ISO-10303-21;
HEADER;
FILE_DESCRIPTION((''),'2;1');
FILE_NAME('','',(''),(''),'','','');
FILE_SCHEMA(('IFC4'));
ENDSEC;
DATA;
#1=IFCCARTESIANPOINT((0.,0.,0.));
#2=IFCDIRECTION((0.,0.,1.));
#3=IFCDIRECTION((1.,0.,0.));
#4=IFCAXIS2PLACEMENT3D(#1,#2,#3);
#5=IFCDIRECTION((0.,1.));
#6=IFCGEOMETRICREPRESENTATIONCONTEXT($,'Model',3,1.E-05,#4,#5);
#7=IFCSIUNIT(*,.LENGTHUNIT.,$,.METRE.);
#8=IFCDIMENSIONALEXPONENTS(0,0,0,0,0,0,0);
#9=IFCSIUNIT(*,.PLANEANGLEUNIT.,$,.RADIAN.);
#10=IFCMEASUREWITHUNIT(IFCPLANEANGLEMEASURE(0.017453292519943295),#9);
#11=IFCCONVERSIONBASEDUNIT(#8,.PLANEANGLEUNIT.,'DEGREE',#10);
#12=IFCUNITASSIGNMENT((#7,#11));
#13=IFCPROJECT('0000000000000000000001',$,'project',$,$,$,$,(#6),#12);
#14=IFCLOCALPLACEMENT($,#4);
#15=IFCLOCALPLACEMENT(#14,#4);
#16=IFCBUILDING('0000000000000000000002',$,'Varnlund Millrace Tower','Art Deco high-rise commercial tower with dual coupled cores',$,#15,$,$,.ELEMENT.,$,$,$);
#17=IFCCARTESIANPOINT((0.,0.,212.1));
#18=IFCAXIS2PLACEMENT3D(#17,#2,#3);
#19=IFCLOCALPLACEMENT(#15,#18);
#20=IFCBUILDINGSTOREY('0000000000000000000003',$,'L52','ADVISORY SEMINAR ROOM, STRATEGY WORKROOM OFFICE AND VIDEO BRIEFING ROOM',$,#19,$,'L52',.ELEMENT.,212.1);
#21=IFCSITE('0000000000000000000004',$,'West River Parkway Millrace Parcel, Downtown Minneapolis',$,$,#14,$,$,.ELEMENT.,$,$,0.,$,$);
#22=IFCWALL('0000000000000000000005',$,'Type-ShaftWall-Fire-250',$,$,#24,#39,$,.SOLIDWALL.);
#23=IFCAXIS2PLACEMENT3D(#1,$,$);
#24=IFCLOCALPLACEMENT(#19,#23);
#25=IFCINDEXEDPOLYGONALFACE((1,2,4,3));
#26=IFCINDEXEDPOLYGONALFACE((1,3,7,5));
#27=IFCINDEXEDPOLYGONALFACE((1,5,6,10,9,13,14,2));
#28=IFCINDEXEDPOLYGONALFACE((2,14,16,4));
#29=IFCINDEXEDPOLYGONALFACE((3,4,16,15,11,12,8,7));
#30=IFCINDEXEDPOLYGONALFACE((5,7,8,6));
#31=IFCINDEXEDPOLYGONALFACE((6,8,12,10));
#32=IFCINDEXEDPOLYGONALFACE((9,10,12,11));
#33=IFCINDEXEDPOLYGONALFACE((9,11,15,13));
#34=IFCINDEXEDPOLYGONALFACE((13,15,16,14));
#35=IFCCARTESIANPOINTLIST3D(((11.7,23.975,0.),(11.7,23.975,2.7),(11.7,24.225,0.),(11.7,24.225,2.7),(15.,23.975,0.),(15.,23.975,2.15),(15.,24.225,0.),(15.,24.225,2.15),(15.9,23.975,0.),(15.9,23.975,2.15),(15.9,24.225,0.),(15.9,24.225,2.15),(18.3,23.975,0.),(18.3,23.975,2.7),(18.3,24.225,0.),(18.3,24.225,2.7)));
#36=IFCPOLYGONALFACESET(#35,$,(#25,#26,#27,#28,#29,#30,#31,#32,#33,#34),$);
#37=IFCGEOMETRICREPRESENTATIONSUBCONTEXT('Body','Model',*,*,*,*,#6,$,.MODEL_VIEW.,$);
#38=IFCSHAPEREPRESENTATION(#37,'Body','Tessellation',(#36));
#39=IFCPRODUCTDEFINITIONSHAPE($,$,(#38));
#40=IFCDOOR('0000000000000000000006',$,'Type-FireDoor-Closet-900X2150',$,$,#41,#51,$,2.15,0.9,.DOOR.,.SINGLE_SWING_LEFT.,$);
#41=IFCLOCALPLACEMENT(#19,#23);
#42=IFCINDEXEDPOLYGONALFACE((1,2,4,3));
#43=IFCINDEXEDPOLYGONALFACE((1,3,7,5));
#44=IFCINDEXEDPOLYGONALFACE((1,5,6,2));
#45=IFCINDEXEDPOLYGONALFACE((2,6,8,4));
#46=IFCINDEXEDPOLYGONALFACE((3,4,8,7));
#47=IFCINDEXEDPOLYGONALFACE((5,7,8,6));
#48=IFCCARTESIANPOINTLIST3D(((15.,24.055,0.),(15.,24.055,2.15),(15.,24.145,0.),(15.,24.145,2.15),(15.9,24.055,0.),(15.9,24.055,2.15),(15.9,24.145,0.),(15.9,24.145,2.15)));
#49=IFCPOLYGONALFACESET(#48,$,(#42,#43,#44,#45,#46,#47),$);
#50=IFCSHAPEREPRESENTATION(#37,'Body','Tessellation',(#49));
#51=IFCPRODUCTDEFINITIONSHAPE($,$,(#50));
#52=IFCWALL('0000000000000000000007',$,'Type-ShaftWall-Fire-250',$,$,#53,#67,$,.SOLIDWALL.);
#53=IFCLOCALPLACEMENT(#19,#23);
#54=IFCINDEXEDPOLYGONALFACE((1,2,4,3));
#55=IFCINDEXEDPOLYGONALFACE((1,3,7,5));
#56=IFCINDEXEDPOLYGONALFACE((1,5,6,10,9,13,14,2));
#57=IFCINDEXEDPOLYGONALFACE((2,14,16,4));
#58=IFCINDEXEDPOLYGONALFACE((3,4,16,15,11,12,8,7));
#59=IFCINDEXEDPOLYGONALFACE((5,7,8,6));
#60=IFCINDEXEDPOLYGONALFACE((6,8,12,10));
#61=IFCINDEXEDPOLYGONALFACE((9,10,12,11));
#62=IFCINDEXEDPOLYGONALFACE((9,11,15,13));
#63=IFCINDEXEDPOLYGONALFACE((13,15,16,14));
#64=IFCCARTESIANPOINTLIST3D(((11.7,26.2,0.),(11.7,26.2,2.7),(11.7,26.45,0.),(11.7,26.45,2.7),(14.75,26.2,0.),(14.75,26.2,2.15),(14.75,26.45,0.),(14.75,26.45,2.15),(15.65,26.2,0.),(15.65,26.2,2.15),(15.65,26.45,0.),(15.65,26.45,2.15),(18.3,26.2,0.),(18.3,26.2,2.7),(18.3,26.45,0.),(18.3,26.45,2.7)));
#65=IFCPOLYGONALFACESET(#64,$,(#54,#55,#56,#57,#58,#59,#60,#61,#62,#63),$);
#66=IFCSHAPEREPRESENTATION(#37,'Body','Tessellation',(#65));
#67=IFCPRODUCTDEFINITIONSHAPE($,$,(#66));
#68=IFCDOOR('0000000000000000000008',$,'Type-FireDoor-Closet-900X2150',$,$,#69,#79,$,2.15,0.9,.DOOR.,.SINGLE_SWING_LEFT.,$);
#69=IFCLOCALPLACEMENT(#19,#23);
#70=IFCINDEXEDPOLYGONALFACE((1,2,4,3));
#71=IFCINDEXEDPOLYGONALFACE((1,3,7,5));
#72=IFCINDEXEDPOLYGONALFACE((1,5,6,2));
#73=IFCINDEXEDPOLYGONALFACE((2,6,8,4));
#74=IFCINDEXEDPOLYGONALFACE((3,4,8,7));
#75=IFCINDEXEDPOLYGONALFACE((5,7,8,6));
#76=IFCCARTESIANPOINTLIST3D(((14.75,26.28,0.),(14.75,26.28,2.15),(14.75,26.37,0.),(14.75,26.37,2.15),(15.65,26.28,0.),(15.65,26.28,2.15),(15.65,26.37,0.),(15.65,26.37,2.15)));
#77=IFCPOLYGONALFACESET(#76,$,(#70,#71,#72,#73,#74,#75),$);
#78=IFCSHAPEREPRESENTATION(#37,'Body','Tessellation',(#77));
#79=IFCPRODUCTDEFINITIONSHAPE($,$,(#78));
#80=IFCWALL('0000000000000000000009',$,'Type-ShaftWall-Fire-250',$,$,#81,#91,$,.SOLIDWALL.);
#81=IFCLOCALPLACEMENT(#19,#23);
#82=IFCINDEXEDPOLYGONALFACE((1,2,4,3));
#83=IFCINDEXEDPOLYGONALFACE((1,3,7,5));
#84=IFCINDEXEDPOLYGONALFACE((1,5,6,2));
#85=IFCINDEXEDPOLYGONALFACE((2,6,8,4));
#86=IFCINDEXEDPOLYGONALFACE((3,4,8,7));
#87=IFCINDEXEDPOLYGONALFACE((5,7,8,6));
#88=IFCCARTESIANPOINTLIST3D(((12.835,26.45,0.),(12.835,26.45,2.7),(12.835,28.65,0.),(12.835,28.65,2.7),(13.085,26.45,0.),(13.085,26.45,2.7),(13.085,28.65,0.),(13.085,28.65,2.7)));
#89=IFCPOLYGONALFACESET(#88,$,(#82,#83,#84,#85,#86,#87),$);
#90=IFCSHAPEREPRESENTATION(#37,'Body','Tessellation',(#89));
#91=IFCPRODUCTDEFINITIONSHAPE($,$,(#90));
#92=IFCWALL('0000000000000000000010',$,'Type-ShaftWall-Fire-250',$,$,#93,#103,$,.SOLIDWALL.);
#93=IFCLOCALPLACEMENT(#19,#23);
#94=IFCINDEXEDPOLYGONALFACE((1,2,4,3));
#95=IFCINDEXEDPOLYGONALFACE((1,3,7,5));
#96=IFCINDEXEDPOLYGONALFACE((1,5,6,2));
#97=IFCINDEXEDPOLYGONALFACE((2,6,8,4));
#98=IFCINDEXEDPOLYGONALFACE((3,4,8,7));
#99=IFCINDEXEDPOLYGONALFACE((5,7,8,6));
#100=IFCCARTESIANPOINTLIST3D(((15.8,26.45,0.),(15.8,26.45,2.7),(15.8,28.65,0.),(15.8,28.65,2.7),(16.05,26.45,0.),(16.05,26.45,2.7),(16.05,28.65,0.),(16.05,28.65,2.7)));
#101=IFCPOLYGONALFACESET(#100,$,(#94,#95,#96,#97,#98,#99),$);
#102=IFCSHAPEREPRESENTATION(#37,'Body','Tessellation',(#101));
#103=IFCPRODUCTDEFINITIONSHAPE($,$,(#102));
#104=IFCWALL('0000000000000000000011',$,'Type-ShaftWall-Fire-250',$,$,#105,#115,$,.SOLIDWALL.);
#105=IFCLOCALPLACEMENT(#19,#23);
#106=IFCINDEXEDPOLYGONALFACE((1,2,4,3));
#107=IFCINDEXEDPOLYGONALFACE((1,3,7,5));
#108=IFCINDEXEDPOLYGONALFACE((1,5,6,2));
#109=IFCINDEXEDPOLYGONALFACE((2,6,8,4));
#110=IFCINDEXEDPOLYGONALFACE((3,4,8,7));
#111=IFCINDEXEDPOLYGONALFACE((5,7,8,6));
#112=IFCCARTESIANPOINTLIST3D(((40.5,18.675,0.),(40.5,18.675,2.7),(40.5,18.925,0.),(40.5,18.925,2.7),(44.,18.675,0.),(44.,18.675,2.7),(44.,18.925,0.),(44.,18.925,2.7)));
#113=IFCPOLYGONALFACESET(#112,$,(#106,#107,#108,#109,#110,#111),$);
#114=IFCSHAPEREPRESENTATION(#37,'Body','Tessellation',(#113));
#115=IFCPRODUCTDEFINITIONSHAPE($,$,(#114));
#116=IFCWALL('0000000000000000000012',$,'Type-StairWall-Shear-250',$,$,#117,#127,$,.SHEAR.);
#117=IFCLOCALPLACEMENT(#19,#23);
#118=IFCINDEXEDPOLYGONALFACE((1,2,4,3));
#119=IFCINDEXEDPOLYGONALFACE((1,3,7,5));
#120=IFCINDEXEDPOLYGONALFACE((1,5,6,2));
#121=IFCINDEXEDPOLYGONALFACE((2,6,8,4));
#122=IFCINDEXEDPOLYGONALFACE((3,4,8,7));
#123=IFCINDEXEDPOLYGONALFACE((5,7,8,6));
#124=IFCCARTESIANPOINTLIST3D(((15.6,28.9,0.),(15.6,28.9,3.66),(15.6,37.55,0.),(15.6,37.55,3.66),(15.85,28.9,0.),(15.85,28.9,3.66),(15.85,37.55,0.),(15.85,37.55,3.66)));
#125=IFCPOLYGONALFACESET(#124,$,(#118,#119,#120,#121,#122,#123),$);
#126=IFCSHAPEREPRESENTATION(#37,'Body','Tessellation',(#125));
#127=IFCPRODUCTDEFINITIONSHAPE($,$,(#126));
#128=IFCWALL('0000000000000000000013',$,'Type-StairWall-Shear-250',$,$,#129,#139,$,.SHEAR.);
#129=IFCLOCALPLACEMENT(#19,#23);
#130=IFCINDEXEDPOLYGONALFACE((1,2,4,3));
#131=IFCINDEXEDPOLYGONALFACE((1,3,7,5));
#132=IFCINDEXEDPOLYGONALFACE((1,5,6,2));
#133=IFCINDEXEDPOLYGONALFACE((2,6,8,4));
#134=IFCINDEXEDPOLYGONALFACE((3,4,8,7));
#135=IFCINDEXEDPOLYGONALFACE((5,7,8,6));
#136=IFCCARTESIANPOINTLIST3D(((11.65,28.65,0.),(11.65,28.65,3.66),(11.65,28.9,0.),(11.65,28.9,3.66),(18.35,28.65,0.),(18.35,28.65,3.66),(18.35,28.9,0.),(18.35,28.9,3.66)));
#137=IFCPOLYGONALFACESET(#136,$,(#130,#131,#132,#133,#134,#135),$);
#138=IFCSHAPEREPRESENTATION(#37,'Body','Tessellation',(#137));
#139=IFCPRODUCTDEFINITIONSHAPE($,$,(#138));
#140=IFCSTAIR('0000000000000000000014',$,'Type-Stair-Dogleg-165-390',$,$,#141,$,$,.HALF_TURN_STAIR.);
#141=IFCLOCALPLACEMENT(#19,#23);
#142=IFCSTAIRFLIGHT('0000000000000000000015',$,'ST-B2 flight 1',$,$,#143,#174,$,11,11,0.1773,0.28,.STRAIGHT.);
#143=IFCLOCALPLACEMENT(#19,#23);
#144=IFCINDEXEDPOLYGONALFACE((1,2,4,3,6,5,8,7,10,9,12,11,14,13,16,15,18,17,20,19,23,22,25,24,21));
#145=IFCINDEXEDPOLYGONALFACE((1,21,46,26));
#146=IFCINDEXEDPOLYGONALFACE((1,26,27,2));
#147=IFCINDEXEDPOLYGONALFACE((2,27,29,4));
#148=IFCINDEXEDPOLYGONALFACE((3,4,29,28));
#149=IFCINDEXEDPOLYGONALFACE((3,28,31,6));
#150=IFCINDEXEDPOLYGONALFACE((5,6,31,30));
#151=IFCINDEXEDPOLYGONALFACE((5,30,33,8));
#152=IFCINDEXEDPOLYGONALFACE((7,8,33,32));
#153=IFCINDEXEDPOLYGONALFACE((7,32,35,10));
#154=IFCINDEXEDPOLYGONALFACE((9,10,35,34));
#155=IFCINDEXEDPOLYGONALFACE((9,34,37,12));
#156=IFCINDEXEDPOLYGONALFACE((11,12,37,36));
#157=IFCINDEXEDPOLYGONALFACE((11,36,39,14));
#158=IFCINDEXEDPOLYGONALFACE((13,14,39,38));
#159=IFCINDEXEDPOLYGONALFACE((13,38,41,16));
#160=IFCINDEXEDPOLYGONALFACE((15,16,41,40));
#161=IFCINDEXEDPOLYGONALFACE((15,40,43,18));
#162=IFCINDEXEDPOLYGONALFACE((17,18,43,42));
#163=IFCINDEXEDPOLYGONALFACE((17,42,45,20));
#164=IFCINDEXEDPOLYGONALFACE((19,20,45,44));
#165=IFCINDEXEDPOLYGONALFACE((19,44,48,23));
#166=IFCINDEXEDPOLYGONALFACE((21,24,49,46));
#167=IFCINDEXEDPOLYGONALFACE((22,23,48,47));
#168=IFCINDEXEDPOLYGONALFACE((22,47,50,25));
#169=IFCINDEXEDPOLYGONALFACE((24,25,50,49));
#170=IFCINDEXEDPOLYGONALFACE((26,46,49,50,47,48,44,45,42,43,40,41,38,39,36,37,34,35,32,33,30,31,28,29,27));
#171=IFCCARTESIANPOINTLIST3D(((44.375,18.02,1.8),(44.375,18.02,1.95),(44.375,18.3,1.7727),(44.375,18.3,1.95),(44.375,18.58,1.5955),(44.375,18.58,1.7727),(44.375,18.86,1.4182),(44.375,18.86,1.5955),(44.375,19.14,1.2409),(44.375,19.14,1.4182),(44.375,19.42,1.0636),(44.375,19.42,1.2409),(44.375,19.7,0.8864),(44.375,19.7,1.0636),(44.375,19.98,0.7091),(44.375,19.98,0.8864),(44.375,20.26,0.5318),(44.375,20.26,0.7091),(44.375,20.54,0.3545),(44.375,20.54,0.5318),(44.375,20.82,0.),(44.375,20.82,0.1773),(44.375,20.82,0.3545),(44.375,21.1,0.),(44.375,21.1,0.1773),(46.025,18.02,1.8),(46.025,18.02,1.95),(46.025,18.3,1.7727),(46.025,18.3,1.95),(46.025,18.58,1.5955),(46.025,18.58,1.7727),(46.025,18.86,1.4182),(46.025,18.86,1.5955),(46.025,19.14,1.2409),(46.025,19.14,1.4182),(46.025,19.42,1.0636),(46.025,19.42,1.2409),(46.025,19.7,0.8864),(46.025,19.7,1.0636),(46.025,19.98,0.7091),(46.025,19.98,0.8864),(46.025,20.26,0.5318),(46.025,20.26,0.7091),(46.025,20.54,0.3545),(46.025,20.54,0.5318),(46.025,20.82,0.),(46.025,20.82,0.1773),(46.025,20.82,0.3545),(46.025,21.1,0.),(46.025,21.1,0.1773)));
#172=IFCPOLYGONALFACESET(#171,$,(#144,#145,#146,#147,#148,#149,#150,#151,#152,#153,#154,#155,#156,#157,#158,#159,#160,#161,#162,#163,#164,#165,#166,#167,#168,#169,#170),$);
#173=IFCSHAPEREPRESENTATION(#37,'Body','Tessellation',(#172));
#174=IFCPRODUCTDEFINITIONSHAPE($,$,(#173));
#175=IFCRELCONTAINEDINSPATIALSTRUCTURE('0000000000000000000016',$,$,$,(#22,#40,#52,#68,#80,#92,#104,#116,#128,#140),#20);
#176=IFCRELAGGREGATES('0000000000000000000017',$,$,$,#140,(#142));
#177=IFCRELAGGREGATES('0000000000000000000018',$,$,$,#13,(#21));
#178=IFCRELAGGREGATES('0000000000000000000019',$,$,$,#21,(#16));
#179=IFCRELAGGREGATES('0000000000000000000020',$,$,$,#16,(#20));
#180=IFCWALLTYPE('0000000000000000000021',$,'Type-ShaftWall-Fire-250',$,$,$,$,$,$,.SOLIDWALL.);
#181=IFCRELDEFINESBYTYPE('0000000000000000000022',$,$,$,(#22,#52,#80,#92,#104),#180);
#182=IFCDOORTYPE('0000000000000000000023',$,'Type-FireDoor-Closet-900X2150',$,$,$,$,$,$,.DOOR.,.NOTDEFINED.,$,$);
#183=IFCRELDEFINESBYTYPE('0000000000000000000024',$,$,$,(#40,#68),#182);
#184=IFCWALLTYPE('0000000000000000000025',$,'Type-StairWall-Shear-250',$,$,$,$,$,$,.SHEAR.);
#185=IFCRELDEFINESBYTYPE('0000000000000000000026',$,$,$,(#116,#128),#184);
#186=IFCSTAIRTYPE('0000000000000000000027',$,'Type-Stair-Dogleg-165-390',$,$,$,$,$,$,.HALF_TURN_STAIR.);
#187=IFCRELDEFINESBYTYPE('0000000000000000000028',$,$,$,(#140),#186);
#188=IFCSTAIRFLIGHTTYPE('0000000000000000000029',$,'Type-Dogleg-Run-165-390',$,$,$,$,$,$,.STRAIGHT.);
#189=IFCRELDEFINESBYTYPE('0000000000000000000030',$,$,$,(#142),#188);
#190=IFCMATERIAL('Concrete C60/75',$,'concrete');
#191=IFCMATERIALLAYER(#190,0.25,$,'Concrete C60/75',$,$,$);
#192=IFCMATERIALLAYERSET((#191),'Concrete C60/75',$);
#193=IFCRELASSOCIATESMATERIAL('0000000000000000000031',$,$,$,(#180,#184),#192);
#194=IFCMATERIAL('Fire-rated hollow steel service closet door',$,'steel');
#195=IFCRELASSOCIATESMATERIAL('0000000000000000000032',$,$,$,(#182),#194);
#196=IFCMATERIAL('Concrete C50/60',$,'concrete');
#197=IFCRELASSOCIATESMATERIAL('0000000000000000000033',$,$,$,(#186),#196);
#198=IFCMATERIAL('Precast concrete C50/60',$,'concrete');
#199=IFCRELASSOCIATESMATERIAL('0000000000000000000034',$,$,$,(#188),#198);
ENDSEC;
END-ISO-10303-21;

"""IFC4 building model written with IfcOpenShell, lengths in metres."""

from ifc_helpers import new_model, entity, si_unit, converted_unit, direction, frame, origin_with_axes, origin_2d_with_axis, place, context, subcontext, project, spatial, polyline, rectangle, outline, extrude, material, layer, layer_set, type_object, element, fill, aggregate, save


model = new_model("IFC4")

# Units and contexts
model_context = context("Model", 3, precision=1e-05, world=origin_with_axes(), true_north=direction((0.0, 1.0)))
body_context = subcontext(model_context, "Body", "Model", "MODEL_VIEW")
ifc_project = project(units=[si_unit("LENGTHUNIT", "METRE"), converted_unit("PLANEANGLEUNIT", "DEGREE", entity("IfcPlaneAngleMeasure", 0.017453292519943295), si_unit("PLANEANGLEUNIT", "RADIAN"), dimensions=[0, 0, 0, 0, 0, 0, 0])], contexts=[model_context])

# Site, building, storey
site_placement = place(None, origin_with_axes())
site = spatial("IfcSite", under=ifc_project, at=site_placement, Name="West River Parkway Millrace Parcel, Downtown Minneapolis", CompositionType="ELEMENT", RefElevation=0.0)
building_placement = place(site_placement, origin_with_axes())
building = spatial("IfcBuilding", under=site, at=building_placement, Name="Varnlund Millrace Tower", Description="Art Deco high-rise commercial tower with dual coupled cores", CompositionType="ELEMENT")
storey_placement = place(building_placement, frame((0.0, 0.0, 212.1), z_axis=(0.0, 0.0, 1.0), x_axis=(1.0, 0.0, 0.0)))
storey = spatial("IfcBuildingStorey", under=building, at=storey_placement, Name="L52", Description="ADVISORY SEMINAR ROOM, STRATEGY WORKROOM OFFICE AND VIDEO BRIEFING ROOM", LongName="L52", CompositionType="ELEMENT", Elevation=212.1)

# Shared definitions
ifc_material_1 = material(Name="Concrete C60/75", Category="concrete")
ifc_layer_1 = layer(ifc_material_1, 0.25, Name="Concrete C60/75")
ifc_layer_set_1 = layer_set([ifc_layer_1], Name="Concrete C60/75")
wall_type_1 = type_object("IfcWallType", Name="Type-ShaftWall-Fire-250", PredefinedType="SOLIDWALL", material=ifc_layer_set_1)

# Walls, openings, doors
wall_1_placement = place(storey_placement, frame((11.7, 24.1, 0.0), z_axis=(0.0, 0.0, 1.0), x_axis=(1.0, 0.0, 0.0)))
wall_1 = element("IfcWall", 1, at=wall_1_placement, inside=storey, type_object=wall_type_1, Name="Type-ShaftWall-Fire-250", PredefinedType="SOLIDWALL", context=body_context, shape_type="SweptSolid", body=[
    extrude(outline(polyline([(0.0, -0.125), (6.6, -0.125), (6.6, 0.125), (0.0, 0.125), (0.0, -0.125)])), origin_with_axes(), (0.0, 0.0, 1.0), 2.7),
])
opening_1_placement = place(wall_1_placement, frame((3.75, 0.0, 0.0), z_axis=(0.0, 0.0, 1.0), x_axis=(1.0, 0.0, 0.0)))
opening_1 = element("IfcOpeningElement", 2, at=opening_1_placement, cuts=wall_1, PredefinedType="OPENING", context=body_context, shape_type="SweptSolid", body=[
    extrude(rectangle(XDim=0.9, YDim=0.27, at=origin_2d_with_axis()), origin_with_axes(), (0.0, 0.0, 1.0), 2.15),
])
ifc_material_2 = material(Name="Fire-rated hollow steel service closet door", Category="steel")
door_type_1 = type_object("IfcDoorType", Name="Type-FireDoor-Closet-900X2150", OperationType="NOTDEFINED", PredefinedType="DOOR", material=ifc_material_2)
door_1_placement = place(wall_1_placement, frame((3.75, 0.0, 0.0), z_axis=(0.0, 0.0, 1.0), x_axis=(1.0, 0.0, 0.0)))
door_1 = element("IfcDoor", 3, at=door_1_placement, inside=storey, type_object=door_type_1, Name="Type-FireDoor-Closet-900X2150", OperationType="SINGLE_SWING_LEFT", OverallHeight=2.15, OverallWidth=0.9, PredefinedType="DOOR", context=body_context, shape_type="SweptSolid", body=[
    extrude(rectangle(XDim=0.9, YDim=0.09, at=origin_2d_with_axis()), origin_with_axes(), (0.0, 0.0, 1.0), 2.15),
])
fill(opening_1, door_1)
wall_2_placement = place(storey_placement, frame((11.7, 26.325, 0.0), z_axis=(0.0, 0.0, 1.0), x_axis=(1.0, 0.0, 0.0)))
wall_2 = element("IfcWall", 4, at=wall_2_placement, inside=storey, type_object=wall_type_1, Name="Type-ShaftWall-Fire-250", PredefinedType="SOLIDWALL", context=body_context, shape_type="SweptSolid", body=[
    extrude(outline(polyline([(0.0, -0.125), (6.6, -0.125), (6.6, 0.125), (0.0, 0.125), (0.0, -0.125)])), origin_with_axes(), (0.0, 0.0, 1.0), 2.7),
])
opening_2_placement = place(wall_2_placement, frame((3.5, 0.0, 0.0), z_axis=(0.0, 0.0, 1.0), x_axis=(1.0, 0.0, 0.0)))
opening_2 = element("IfcOpeningElement", 5, at=opening_2_placement, cuts=wall_2, PredefinedType="OPENING", context=body_context, shape_type="SweptSolid", body=[
    extrude(rectangle(XDim=0.9, YDim=0.27, at=origin_2d_with_axis()), origin_with_axes(), (0.0, 0.0, 1.0), 2.15),
])
door_2_placement = place(wall_2_placement, frame((3.5, 0.0, 0.0), z_axis=(0.0, 0.0, 1.0), x_axis=(1.0, 0.0, 0.0)))
door_2 = element("IfcDoor", 6, at=door_2_placement, inside=storey, type_object=door_type_1, Name="Type-FireDoor-Closet-900X2150", OperationType="SINGLE_SWING_LEFT", OverallHeight=2.15, OverallWidth=0.9, PredefinedType="DOOR", context=body_context, shape_type="SweptSolid", body=[
    extrude(rectangle(XDim=0.9, YDim=0.09, at=origin_2d_with_axis()), origin_with_axes(), (0.0, 0.0, 1.0), 2.15),
])
fill(opening_2, door_2)

# Walls
for number, where, z_axis, x_axis, name in (
    (7, (12.96, 26.45, 0.0), (0.0, 0.0, 1.0), (0.0, 1.0, 0.0), "Type-ShaftWall-Fire-250"),
    (8, (15.925, 26.45, 0.0), (0.0, 0.0, 1.0), (0.0, 1.0, 0.0), "Type-ShaftWall-Fire-250"),
):
    element("IfcWall", number, at=place(storey_placement, frame(where, z_axis=z_axis, x_axis=x_axis)), inside=storey, type_object=wall_type_1, Name=name, PredefinedType="SOLIDWALL", context=body_context, shape_type="SweptSolid", body=[
        extrude(outline(polyline([(0.0, -0.125), (2.2, -0.125), (2.2, 0.125), (0.0, 0.125), (0.0, -0.125)])), origin_with_axes(), (0.0, 0.0, 1.0), 2.7),
    ])
wall_3_placement = place(storey_placement, frame((40.5, 18.8, 0.0), z_axis=(0.0, 0.0, 1.0), x_axis=(1.0, 0.0, 0.0)))
element("IfcWall", 9, at=wall_3_placement, inside=storey, type_object=wall_type_1, Name="Type-ShaftWall-Fire-250", PredefinedType="SOLIDWALL", context=body_context, shape_type="SweptSolid", body=[
    extrude(outline(polyline([(0.0, -0.125), (3.5, -0.125), (3.5, 0.125), (0.0, 0.125), (0.0, -0.125)])), origin_with_axes(), (0.0, 0.0, 1.0), 2.7),
])
wall_type_2 = type_object("IfcWallType", Name="Type-StairWall-Shear-250", PredefinedType="SHEAR", material=ifc_layer_set_1)
wall_4_placement = place(storey_placement, frame((15.725, 28.9, 0.0), z_axis=(0.0, 0.0, 1.0), x_axis=(0.0, 1.0, 0.0)))
element("IfcWall", 10, at=wall_4_placement, inside=storey, type_object=wall_type_2, Name="Type-StairWall-Shear-250", PredefinedType="SHEAR", context=body_context, shape_type="SweptSolid", body=[
    extrude(outline(polyline([(0.0, -0.125), (8.65, -0.125), (8.65, 0.125), (0.0, 0.125), (0.0, -0.125)])), origin_with_axes(), (0.0, 0.0, 1.0), 3.66),
])
wall_5_placement = place(storey_placement, frame((11.65, 28.775, 0.0), z_axis=(0.0, 0.0, 1.0), x_axis=(1.0, 0.0, 0.0)))
element("IfcWall", 11, at=wall_5_placement, inside=storey, type_object=wall_type_2, Name="Type-StairWall-Shear-250", PredefinedType="SHEAR", context=body_context, shape_type="SweptSolid", body=[
    extrude(outline(polyline([(0.0, -0.125), (6.7, -0.125), (6.7, 0.125), (0.0, 0.125), (0.0, -0.125)])), origin_with_axes(), (0.0, 0.0, 1.0), 3.66),
])

# Stair, stair flight
ifc_material_3 = material(Name="Concrete C50/60", Category="concrete")
stair_type_1 = type_object("IfcStairType", Name="Type-Stair-Dogleg-165-390", PredefinedType="HALF_TURN_STAIR", material=ifc_material_3)
stair_1_placement = place(storey_placement, origin_with_axes())
stair_1 = element("IfcStair", 12, at=stair_1_placement, inside=storey, type_object=stair_type_1, Name="Type-Stair-Dogleg-165-390", PredefinedType="HALF_TURN_STAIR")
ifc_material_4 = material(Name="Precast concrete C50/60", Category="concrete")
stair_flight_type_1 = type_object("IfcStairFlightType", Name="Type-Dogleg-Run-165-390", PredefinedType="STRAIGHT", material=ifc_material_4)
stair_flight_1_placement = place(storey_placement, frame((46.025, 21.1, 0.0), z_axis=(-1.0, 0.0, 0.0), x_axis=(0.0, -1.0, 0.0)))
stair_flight_1 = element("IfcStairFlight", 13, at=stair_flight_1_placement, type_object=stair_flight_type_1, Name="ST-B2 flight 1", NumberOfRisers=11, NumberOfTreads=11, PredefinedType="STRAIGHT", RiserHeight=0.1773, TreadLength=0.28, context=body_context, shape_type="SweptSolid", body=[
    extrude(outline(polyline([(0.0, 0.0), (0.0, 0.1773), (0.28, 0.1773), (0.28, 0.3545), (0.56, 0.3545), (0.56, 0.5318), (0.84, 0.5318), (0.84, 0.7091), (1.12, 0.7091), (1.12, 0.8864), (1.4, 0.8864), (1.4, 1.0636), (1.68, 1.0636), (1.68, 1.2409), (1.96, 1.2409), (1.96, 1.4182), (2.24, 1.4182), (2.24, 1.5955), (2.52, 1.5955), (2.52, 1.7727), (2.8, 1.7727), (2.8, 1.95), (3.08, 1.95), (3.08, 1.8), (0.28, 0.0), (0.0, 0.0)])), origin_with_axes(), (0.0, 0.0, 1.0), 1.65),
])
aggregate(stair_1, [stair_flight_1])

save(model, "model.ifc")
